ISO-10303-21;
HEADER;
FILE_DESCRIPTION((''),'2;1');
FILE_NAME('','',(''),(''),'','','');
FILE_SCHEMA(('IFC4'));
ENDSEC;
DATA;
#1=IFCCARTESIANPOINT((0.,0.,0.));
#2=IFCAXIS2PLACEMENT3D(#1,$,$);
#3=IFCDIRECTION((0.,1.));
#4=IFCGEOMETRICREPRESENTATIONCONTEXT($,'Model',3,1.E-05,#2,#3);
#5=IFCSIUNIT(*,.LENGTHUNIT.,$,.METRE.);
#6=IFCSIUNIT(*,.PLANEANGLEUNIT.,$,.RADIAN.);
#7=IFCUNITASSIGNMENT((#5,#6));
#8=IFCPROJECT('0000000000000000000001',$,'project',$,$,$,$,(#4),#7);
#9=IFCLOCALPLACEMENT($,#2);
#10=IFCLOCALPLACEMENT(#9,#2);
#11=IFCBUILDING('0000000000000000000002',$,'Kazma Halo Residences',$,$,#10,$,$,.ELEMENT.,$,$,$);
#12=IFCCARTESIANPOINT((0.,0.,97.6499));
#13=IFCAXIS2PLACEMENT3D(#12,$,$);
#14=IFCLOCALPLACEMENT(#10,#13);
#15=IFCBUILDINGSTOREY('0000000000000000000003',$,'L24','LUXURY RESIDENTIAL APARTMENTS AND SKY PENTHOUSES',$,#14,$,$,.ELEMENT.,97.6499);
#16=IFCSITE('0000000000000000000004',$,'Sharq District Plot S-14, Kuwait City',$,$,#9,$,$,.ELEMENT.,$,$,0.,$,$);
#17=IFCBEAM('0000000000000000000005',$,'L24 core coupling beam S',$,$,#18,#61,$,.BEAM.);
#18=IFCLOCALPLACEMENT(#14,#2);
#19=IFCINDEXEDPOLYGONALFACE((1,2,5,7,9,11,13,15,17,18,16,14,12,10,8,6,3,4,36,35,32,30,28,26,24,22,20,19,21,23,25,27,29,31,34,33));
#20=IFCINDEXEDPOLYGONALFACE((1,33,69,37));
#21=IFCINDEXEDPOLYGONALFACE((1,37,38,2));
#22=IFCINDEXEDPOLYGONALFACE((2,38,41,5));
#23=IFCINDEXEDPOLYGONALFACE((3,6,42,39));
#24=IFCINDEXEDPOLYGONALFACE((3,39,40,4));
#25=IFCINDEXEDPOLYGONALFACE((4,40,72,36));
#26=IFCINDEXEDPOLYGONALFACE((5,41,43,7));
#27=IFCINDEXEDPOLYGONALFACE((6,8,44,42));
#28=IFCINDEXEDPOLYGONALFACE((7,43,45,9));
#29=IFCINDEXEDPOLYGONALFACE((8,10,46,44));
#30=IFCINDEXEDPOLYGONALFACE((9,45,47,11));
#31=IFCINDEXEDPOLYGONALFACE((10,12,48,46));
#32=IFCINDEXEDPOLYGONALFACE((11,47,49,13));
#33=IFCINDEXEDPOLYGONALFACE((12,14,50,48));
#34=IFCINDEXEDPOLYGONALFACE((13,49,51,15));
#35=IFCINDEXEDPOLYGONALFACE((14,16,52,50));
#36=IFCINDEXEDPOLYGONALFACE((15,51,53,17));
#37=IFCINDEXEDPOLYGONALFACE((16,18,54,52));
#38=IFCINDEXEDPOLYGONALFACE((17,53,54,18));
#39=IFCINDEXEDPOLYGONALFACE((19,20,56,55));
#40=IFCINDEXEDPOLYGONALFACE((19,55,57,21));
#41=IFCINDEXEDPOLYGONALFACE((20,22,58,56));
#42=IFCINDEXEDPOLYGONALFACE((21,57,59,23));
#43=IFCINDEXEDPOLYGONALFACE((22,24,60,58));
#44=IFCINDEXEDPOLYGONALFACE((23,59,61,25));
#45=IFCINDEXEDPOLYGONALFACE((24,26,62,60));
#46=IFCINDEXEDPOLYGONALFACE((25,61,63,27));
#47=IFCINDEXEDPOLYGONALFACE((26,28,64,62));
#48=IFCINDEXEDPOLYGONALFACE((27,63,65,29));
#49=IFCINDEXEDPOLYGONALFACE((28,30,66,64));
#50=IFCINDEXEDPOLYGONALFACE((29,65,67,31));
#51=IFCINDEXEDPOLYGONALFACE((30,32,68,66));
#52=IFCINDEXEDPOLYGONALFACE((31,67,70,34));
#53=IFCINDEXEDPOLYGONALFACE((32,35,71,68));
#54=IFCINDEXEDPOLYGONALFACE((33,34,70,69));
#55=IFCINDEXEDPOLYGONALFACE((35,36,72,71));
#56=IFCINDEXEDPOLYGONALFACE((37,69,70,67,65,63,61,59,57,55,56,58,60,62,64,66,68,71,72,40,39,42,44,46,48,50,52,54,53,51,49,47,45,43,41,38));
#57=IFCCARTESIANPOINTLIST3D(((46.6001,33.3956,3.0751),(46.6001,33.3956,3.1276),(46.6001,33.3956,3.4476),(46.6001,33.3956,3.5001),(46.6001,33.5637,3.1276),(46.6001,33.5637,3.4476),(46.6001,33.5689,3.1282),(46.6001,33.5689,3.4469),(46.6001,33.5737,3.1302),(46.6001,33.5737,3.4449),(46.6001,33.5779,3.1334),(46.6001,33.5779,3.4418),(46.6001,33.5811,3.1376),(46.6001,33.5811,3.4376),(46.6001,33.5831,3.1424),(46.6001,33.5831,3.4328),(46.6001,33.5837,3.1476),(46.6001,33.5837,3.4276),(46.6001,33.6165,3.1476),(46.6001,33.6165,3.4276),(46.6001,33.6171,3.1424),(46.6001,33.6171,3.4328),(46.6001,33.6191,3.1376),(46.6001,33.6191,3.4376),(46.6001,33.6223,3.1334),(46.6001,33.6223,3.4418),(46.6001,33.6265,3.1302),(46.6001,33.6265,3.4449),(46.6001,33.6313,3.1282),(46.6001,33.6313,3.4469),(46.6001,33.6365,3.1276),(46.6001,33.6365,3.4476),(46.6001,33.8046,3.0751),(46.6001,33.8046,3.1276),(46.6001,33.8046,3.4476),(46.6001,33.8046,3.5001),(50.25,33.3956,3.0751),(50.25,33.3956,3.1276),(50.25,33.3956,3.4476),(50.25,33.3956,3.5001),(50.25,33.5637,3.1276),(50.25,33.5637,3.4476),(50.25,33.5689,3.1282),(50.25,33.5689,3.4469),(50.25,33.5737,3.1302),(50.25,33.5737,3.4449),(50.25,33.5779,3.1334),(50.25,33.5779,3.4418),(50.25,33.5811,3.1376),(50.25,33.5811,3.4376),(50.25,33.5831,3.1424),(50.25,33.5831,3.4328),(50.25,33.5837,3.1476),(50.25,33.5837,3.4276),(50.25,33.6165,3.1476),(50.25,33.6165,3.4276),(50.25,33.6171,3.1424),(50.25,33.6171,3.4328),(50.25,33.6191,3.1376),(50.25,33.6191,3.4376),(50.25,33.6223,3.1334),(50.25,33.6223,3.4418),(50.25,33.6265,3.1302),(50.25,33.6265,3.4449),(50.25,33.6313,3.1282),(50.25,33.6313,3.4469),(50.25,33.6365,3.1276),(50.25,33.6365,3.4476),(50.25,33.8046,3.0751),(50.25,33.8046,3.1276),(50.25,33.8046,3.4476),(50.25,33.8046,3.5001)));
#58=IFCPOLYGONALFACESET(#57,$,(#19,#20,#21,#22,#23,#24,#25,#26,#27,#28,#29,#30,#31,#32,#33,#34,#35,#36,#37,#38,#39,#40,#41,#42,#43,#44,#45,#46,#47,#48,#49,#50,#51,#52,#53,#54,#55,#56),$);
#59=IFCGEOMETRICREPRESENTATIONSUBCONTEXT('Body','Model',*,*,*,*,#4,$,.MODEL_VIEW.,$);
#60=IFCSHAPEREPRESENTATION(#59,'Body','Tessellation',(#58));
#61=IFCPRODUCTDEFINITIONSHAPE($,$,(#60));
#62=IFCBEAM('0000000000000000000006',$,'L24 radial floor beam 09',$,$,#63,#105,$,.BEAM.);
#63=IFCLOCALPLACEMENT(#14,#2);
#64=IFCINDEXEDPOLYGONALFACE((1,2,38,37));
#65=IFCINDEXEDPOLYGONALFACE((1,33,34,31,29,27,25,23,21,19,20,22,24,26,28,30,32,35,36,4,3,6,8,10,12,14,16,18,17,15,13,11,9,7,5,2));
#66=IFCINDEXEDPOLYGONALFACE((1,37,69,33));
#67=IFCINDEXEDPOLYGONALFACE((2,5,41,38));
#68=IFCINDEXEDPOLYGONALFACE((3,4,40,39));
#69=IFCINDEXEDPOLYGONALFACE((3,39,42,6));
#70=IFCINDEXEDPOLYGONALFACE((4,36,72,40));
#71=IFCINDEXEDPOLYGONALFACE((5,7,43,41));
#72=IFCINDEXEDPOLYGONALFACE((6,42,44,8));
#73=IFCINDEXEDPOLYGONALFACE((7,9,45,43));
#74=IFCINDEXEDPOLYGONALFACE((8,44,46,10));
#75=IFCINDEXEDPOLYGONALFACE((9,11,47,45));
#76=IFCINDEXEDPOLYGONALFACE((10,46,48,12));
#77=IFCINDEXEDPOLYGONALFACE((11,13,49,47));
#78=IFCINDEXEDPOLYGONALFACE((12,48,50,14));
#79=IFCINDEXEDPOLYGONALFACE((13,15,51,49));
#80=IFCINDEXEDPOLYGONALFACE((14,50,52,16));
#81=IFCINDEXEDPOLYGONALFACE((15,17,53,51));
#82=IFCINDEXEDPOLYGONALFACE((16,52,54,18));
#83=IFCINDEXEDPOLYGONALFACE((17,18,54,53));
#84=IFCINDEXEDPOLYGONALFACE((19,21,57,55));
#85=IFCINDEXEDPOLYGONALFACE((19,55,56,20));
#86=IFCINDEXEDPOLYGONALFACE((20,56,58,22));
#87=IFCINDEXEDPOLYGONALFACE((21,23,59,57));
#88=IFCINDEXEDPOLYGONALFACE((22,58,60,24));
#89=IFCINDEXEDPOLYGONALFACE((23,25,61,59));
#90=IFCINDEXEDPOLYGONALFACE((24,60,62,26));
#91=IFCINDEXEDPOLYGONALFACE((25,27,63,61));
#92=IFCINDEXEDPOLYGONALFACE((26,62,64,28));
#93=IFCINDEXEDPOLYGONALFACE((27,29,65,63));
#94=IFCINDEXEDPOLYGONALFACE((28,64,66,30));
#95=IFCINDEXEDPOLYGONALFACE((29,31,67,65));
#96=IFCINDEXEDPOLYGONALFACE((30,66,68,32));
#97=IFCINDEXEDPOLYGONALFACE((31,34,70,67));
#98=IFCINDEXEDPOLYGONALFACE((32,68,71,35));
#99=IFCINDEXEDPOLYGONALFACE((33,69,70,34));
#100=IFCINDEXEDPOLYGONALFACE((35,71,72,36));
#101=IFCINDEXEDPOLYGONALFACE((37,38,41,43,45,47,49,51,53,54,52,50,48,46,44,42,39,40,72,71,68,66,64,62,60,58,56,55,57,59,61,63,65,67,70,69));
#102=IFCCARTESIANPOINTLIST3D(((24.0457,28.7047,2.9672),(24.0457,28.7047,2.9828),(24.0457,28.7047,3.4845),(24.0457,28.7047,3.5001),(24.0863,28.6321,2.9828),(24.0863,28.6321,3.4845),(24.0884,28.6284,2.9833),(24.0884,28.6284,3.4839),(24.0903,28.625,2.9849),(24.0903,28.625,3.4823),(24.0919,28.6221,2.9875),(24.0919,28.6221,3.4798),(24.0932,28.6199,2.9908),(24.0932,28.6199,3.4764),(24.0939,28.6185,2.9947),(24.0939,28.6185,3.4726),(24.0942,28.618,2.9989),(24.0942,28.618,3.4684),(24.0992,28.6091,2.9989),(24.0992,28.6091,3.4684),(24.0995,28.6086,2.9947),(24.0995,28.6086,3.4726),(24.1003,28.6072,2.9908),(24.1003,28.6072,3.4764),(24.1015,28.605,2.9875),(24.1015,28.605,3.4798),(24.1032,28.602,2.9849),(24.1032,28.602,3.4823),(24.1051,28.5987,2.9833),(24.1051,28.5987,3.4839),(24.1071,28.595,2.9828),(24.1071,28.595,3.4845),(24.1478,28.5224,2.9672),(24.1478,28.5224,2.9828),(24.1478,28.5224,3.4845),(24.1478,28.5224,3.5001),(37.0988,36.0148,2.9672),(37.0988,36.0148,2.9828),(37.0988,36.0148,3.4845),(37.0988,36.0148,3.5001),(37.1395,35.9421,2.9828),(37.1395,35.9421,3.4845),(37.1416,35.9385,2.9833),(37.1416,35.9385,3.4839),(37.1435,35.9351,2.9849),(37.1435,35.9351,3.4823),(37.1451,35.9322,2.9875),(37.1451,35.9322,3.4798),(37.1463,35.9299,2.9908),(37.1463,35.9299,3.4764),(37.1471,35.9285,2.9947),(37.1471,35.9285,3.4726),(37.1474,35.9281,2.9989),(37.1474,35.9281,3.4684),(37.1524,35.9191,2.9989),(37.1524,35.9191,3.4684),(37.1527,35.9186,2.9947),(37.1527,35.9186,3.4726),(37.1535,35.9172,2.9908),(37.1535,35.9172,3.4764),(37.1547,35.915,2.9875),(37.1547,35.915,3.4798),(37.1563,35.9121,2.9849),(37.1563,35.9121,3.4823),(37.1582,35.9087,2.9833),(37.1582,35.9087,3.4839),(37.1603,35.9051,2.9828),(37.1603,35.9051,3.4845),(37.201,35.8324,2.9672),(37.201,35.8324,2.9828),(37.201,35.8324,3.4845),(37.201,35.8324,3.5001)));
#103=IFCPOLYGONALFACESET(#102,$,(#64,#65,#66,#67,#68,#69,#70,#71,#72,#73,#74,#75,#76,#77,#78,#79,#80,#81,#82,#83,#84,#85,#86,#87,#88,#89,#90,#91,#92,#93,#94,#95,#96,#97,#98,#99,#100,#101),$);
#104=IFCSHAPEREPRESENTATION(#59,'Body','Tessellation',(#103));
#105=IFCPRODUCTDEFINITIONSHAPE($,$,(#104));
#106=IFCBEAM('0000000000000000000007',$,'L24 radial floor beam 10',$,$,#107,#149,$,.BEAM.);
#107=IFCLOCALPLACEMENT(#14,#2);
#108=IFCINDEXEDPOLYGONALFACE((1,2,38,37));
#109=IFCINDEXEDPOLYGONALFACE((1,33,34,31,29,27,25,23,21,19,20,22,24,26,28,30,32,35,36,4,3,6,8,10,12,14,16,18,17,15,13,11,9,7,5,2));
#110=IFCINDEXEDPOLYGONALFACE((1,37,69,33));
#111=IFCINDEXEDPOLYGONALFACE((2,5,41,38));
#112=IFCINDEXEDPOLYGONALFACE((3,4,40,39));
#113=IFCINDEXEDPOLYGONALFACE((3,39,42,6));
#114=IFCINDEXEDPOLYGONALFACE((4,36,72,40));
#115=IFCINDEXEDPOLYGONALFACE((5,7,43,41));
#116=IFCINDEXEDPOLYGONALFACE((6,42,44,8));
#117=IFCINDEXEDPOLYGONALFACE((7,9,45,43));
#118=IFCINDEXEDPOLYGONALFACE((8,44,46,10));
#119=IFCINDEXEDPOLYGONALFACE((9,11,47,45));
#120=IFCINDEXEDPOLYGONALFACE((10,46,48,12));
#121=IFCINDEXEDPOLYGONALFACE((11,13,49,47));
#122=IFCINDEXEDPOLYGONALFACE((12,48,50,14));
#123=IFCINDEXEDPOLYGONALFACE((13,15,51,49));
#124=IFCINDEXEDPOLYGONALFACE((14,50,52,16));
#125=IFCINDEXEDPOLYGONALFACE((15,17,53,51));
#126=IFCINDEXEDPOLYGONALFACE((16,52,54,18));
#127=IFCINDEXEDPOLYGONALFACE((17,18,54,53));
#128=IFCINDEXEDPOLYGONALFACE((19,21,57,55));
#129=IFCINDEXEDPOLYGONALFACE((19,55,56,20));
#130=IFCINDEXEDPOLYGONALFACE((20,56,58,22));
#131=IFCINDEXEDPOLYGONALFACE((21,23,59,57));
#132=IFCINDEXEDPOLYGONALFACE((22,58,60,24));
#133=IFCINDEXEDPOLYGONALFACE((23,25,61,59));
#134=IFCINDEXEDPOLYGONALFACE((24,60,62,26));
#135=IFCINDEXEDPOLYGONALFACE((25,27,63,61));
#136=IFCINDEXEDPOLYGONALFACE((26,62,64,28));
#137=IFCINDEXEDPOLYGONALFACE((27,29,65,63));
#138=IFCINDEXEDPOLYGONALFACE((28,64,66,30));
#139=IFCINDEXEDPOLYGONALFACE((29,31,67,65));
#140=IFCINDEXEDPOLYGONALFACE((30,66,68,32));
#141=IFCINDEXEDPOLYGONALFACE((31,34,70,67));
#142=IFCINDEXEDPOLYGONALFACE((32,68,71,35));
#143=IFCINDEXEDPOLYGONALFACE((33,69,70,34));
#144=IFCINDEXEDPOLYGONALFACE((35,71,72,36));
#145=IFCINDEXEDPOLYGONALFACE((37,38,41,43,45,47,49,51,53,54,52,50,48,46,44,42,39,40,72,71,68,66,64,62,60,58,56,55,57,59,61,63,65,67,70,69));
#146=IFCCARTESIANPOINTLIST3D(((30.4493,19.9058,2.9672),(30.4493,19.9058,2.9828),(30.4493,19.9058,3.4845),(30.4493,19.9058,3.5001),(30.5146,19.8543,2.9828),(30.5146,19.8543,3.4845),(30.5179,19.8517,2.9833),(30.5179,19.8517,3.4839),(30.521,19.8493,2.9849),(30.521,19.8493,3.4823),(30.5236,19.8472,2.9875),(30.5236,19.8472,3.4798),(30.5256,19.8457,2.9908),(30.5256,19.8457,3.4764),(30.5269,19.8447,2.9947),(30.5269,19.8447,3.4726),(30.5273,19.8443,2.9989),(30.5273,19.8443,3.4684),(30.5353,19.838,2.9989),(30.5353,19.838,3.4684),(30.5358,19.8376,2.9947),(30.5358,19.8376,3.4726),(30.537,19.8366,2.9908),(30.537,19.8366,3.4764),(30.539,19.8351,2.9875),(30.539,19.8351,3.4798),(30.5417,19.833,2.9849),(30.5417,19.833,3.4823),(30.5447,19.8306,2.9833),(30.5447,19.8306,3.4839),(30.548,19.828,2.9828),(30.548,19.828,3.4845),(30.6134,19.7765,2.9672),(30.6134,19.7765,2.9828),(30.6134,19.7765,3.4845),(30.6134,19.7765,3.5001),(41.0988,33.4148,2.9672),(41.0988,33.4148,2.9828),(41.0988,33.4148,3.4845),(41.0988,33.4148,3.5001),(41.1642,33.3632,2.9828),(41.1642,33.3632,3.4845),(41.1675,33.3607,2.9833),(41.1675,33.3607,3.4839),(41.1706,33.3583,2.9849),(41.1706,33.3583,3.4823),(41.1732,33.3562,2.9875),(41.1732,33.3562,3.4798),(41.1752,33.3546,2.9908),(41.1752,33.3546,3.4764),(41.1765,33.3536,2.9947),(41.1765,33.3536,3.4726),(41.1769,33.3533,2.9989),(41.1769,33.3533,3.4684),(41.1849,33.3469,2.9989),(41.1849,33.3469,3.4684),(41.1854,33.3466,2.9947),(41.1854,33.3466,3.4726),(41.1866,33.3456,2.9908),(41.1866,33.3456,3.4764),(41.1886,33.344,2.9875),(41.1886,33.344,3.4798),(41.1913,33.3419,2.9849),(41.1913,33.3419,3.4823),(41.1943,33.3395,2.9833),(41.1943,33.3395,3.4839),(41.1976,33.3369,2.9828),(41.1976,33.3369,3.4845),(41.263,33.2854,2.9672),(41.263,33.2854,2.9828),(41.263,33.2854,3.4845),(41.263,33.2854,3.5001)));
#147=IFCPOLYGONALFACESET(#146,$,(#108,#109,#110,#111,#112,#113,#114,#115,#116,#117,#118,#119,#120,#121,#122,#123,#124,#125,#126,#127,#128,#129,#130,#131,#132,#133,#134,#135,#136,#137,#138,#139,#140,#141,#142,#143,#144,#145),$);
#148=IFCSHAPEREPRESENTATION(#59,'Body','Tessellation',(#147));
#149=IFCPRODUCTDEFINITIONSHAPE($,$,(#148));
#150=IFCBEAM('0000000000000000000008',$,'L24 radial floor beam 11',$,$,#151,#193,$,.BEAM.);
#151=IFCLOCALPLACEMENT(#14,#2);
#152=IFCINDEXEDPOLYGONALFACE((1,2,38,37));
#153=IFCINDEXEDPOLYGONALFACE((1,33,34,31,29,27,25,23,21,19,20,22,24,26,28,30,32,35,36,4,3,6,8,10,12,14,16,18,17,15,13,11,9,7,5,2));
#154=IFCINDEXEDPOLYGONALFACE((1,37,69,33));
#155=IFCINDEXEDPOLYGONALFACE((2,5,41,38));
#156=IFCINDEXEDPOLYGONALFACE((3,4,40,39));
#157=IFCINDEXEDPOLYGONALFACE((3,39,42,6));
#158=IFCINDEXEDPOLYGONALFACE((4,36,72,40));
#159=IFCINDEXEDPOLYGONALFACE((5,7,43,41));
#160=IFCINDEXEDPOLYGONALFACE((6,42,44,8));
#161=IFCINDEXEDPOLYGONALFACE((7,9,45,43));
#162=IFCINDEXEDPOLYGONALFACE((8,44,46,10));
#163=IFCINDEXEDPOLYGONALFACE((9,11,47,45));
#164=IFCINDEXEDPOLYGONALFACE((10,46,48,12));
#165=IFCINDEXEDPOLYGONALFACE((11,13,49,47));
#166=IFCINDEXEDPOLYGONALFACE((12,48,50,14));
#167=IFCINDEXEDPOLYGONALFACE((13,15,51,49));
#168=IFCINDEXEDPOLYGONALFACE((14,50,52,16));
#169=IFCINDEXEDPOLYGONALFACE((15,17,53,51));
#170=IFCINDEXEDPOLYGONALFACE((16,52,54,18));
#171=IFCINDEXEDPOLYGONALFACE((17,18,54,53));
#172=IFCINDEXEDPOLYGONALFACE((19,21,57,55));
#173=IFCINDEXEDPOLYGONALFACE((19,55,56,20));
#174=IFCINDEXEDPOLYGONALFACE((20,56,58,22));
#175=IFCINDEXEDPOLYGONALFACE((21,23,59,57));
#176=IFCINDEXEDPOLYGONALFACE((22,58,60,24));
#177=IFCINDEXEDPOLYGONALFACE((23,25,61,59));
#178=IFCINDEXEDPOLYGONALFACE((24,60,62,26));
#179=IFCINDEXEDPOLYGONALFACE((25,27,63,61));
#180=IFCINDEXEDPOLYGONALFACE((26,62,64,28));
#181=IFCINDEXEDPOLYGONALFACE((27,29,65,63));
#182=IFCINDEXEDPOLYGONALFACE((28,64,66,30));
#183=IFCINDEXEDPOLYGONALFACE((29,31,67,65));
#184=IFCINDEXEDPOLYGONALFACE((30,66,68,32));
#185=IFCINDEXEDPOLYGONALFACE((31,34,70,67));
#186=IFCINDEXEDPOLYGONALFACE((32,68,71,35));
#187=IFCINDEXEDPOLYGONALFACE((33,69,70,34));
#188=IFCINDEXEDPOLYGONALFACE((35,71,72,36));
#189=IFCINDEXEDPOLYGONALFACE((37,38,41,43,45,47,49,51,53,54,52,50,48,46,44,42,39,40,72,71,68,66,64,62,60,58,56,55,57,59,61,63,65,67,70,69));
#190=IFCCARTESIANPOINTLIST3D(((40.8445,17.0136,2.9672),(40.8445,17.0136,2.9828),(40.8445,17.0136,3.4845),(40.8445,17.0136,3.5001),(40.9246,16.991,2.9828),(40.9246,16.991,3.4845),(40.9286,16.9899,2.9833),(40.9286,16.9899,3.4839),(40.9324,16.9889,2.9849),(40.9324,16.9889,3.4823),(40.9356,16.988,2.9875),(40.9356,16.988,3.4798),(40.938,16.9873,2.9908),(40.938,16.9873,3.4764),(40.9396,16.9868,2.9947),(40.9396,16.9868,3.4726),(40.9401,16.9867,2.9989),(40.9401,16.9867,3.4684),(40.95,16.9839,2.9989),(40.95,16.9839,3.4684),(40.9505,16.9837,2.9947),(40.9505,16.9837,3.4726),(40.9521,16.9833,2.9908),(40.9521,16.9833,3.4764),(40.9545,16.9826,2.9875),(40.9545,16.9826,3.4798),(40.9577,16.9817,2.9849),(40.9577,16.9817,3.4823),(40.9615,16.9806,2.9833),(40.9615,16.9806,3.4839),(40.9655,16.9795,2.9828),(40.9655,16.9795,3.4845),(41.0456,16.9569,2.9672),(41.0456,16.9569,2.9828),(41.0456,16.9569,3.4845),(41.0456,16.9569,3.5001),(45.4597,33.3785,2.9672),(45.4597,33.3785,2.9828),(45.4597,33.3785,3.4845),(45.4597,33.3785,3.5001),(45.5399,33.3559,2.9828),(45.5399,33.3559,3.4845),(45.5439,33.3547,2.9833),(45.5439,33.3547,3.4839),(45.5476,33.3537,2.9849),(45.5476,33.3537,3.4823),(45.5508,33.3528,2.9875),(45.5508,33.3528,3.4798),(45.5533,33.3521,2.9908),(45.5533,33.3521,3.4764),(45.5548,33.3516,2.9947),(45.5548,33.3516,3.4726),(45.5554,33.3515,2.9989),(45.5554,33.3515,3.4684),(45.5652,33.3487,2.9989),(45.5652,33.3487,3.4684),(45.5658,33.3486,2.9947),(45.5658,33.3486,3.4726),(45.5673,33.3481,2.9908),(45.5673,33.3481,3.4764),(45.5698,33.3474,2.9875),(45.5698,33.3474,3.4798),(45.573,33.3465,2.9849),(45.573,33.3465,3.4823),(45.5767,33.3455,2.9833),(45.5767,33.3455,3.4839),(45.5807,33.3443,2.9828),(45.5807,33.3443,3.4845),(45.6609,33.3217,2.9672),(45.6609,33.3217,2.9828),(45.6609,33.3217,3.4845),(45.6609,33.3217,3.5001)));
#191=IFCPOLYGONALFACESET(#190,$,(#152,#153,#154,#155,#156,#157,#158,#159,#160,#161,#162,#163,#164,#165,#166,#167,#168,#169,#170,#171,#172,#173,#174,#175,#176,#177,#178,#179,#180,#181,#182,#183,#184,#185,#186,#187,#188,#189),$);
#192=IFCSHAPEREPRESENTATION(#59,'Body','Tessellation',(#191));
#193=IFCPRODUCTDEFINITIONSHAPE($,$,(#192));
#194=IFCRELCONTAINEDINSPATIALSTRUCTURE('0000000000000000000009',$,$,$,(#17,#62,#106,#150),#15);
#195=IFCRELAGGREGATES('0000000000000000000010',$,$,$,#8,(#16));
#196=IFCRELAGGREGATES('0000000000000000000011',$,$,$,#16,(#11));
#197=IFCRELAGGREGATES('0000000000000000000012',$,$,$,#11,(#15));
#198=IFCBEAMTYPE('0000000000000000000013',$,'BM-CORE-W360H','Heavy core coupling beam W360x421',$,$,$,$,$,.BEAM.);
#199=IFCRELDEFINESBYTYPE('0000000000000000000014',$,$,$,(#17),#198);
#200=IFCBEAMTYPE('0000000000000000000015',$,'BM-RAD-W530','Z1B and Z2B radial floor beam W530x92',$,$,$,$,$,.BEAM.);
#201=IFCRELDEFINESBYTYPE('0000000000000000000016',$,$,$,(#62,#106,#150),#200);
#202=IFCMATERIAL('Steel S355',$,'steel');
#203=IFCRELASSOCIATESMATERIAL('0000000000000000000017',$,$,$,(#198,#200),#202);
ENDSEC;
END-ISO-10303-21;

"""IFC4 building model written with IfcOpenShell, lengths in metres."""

from ifc_helpers import new_model, si_unit, direction, frame, origin, origin_2d, place, context, subcontext, project, spatial, i_section, extrude, material, material_profile, profile_set, type_object, element, save


model = new_model("IFC4")

# Units and contexts
model_context = context("Model", 3, precision=1e-05, world=origin(), true_north=direction((0.0, 1.0)))
body_context = subcontext(model_context, "Body", "Model", "MODEL_VIEW")
ifc_project = project(units=[si_unit("LENGTHUNIT", "METRE"), si_unit("PLANEANGLEUNIT", "RADIAN")], contexts=[model_context])

# Site, building, storey
site_placement = place(None, origin())
site = spatial("IfcSite", under=ifc_project, at=site_placement, Name="Sharq District Plot S-14, Kuwait City", CompositionType="ELEMENT", RefElevation=0.0)
building_placement = place(site_placement, origin())
building = spatial("IfcBuilding", under=site, at=building_placement, Name="Kazma Halo Residences", CompositionType="ELEMENT")
storey_placement = place(building_placement, frame((0.0, 0.0, 97.6499)))
storey = spatial("IfcBuildingStorey", under=building, at=storey_placement, Name="L24", Description="LUXURY RESIDENTIAL APARTMENTS AND SKY PENTHOUSES", CompositionType="ELEMENT", Elevation=97.6499)

# Beams
ifc_material_1 = material(Name="Steel S355", Category="steel")
ifc_material_profile_1 = material_profile(ifc_material_1, i_section(OverallWidth=0.4089, OverallDepth=0.425, WebThickness=0.0327, FlangeThickness=0.0525, FilletRadius=0.02, at=origin_2d()), Name="W360x421")
ifc_profile_set_1 = profile_set([ifc_material_profile_1], Name="Steel S355")
beam_type_1 = type_object("IfcBeamType", Name="BM-CORE-W360H", Description="Heavy core coupling beam W360x421", PredefinedType="BEAM", material=ifc_profile_set_1)
beam_1_placement = place(storey_placement, frame((46.6001, 33.6001, 3.2876), z_axis=(1.0, 0.0, 0.0), x_axis=(0.0, 1.0, 0.0)))
element("IfcBeam", 1, at=beam_1_placement, inside=storey, type_object=beam_type_1, Name="L24 core coupling beam S", PredefinedType="BEAM", context=body_context, shape_type="SweptSolid", body=[
    extrude(i_section(OverallWidth=0.4089, OverallDepth=0.425, WebThickness=0.0327, FlangeThickness=0.0525, FilletRadius=0.02, at=origin_2d()), origin(), (0.0, 0.0, 1.0), 3.6499),
])
ifc_material_profile_2 = material_profile(ifc_material_1, i_section(OverallWidth=0.209, OverallDepth=0.533, WebThickness=0.0103, FlangeThickness=0.0156, FilletRadius=0.0161, at=origin_2d()), Name="W530x92")
ifc_profile_set_2 = profile_set([ifc_material_profile_2], Name="Steel S355")
beam_type_2 = type_object("IfcBeamType", Name="BM-RAD-W530", Description="Z1B and Z2B radial floor beam W530x92", PredefinedType="BEAM", material=ifc_profile_set_2)
beam_2_placement = place(storey_placement, frame((37.1499, 35.9236, 3.2336), z_axis=(-0.872499, -0.488616, 0.0), x_axis=(0.488616, -0.872499, 0.0)))
element("IfcBeam", 2, at=beam_2_placement, inside=storey, type_object=beam_type_2, Name="L24 radial floor beam 09", PredefinedType="BEAM", context=body_context, shape_type="SweptSolid", body=[
    extrude(i_section(OverallWidth=0.209, OverallDepth=0.533, WebThickness=0.0103, FlangeThickness=0.0156, FilletRadius=0.0161, at=origin_2d()), origin(), (0.0, 0.0, 1.0), 14.9607),
])
beam_3_placement = place(storey_placement, frame((41.1809, 33.3501, 3.2336), z_axis=(-0.619094, -0.785317, 0.0), x_axis=(0.785317, -0.619094, 0.0)))
element("IfcBeam", 3, at=beam_3_placement, inside=storey, type_object=beam_type_2, Name="L24 radial floor beam 10", PredefinedType="BEAM", context=body_context, shape_type="SweptSolid", body=[
    extrude(i_section(OverallWidth=0.209, OverallDepth=0.533, WebThickness=0.0103, FlangeThickness=0.0156, FilletRadius=0.0161, at=origin_2d()), origin(), (0.0, 0.0, 1.0), 17.2019),
])
beam_4_placement = place(storey_placement, frame((45.5603, 33.3501, 3.2336), z_axis=(-0.271435, -0.962457, 0.0), x_axis=(0.962457, -0.271435, 0.0)))
element("IfcBeam", 4, at=beam_4_placement, inside=storey, type_object=beam_type_2, Name="L24 radial floor beam 11", PredefinedType="BEAM", context=body_context, shape_type="SweptSolid", body=[
    extrude(i_section(OverallWidth=0.209, OverallDepth=0.533, WebThickness=0.0103, FlangeThickness=0.0156, FilletRadius=0.0161, at=origin_2d()), origin(), (0.0, 0.0, 1.0), 17.0032),
])

save(model, "model.ifc")
